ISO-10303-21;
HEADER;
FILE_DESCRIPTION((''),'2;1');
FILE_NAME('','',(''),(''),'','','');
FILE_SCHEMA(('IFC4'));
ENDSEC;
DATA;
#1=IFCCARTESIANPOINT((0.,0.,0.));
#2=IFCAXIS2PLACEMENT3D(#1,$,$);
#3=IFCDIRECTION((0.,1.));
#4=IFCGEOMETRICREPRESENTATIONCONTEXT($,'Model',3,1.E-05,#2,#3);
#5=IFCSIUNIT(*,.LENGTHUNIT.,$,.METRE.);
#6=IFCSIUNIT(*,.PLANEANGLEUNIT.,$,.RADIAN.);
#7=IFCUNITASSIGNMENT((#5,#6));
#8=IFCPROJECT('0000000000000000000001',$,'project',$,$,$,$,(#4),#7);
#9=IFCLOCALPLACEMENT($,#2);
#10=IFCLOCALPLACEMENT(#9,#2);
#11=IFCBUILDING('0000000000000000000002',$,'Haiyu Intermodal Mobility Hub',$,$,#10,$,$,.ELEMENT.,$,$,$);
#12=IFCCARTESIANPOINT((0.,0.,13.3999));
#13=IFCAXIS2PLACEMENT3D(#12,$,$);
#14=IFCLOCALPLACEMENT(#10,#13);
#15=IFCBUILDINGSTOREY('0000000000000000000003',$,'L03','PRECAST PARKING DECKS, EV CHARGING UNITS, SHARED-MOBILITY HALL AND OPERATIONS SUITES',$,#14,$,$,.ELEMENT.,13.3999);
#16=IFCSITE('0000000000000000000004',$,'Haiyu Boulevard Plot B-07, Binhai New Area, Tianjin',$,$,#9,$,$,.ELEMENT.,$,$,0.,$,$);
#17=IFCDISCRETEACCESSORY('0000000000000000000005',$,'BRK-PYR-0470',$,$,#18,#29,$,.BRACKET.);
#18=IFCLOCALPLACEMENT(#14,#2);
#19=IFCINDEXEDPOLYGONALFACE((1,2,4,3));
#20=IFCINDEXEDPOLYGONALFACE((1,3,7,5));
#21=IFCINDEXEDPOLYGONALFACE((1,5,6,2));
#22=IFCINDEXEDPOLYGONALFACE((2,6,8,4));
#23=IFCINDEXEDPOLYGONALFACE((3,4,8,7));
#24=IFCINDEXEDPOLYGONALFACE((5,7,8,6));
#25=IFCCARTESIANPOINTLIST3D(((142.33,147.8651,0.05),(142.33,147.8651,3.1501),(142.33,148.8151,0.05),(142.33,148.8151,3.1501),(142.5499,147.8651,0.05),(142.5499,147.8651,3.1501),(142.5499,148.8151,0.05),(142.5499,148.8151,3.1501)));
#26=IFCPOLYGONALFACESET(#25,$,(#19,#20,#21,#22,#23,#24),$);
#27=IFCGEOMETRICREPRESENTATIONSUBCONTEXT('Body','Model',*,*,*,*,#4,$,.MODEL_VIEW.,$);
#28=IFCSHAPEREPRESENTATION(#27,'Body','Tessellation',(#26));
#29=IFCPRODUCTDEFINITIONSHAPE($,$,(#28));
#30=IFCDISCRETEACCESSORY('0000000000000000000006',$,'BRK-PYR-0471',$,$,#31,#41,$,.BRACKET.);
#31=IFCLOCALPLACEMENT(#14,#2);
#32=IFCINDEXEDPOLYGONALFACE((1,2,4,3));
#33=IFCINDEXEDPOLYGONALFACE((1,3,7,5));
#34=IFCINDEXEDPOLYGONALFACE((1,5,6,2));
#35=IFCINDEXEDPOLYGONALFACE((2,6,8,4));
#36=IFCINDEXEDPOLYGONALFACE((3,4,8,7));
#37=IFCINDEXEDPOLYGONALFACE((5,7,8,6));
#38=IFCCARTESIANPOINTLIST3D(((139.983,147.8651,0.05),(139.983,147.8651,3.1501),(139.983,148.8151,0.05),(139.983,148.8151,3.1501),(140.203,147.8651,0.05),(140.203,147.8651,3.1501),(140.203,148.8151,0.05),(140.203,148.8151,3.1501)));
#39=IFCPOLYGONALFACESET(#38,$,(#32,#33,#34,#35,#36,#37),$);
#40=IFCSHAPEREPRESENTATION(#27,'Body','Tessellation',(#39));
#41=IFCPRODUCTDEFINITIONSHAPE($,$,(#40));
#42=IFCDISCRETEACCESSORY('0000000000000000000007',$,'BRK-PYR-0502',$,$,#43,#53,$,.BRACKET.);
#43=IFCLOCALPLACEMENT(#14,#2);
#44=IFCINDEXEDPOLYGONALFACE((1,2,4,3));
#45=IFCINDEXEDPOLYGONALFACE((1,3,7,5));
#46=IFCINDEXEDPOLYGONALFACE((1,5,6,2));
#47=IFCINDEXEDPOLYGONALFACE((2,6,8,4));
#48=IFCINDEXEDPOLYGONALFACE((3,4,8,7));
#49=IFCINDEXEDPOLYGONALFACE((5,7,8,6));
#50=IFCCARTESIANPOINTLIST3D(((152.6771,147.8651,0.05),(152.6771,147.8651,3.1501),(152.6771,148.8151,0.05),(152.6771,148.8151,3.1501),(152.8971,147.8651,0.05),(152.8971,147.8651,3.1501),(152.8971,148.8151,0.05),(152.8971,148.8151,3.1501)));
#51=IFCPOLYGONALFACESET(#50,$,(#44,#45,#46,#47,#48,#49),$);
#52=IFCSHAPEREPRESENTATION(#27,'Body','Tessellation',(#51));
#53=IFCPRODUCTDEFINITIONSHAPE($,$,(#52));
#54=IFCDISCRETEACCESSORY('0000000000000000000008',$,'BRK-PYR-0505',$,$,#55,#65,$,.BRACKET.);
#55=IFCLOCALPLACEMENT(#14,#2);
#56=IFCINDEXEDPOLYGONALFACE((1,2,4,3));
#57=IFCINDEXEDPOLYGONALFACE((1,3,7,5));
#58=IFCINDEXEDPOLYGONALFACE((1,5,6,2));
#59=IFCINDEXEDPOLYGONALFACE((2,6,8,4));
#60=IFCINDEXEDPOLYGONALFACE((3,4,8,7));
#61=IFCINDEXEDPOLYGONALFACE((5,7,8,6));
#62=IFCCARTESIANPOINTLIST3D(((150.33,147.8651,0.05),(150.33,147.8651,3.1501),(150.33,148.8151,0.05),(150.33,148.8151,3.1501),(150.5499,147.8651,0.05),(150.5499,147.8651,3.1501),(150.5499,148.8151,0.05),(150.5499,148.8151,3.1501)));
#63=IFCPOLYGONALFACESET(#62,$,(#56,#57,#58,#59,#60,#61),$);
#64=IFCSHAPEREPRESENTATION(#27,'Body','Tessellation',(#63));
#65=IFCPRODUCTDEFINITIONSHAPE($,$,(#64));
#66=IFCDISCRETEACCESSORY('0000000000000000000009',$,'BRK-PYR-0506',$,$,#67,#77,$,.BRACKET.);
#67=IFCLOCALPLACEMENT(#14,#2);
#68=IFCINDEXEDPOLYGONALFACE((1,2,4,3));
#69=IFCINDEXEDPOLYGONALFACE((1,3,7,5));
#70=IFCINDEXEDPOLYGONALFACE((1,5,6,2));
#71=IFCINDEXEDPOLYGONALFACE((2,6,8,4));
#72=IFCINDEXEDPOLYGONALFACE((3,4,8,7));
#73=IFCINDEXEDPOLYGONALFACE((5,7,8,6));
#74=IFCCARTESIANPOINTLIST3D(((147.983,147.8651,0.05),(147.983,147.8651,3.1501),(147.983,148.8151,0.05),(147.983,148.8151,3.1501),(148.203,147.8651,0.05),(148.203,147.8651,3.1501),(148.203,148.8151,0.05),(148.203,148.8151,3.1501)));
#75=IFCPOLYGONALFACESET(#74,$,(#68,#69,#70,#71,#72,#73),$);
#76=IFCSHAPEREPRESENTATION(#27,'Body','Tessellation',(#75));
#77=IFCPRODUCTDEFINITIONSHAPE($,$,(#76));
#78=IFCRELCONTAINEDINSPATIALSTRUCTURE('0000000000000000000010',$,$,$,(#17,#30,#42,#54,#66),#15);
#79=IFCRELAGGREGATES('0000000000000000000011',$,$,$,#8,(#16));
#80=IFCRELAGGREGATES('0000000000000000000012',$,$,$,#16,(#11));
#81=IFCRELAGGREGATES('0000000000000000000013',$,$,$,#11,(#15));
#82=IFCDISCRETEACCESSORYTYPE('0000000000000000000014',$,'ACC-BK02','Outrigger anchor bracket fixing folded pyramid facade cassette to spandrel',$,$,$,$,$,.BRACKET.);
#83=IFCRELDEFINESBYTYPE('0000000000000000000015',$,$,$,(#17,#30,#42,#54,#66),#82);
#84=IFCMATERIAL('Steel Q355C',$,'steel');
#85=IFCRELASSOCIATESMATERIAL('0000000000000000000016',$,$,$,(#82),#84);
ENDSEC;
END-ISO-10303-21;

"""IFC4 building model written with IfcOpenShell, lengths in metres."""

from ifc_helpers import new_model, si_unit, direction, frame, origin, origin_2d, place, context, subcontext, project, spatial, rectangle, extrude, material, type_object, element, save


model = new_model("IFC4")

# Units and contexts
model_context = context("Model", 3, precision=1e-05, world=origin(), true_north=direction((0.0, 1.0)))
body_context = subcontext(model_context, "Body", "Model", "MODEL_VIEW")
ifc_project = project(units=[si_unit("LENGTHUNIT", "METRE"), si_unit("PLANEANGLEUNIT", "RADIAN")], contexts=[model_context])

# Site, building, storey
site_placement = place(None, origin())
site = spatial("IfcSite", under=ifc_project, at=site_placement, Name="Haiyu Boulevard Plot B-07, Binhai New Area, Tianjin", CompositionType="ELEMENT", RefElevation=0.0)
building_placement = place(site_placement, origin())
building = spatial("IfcBuilding", under=site, at=building_placement, Name="Haiyu Intermodal Mobility Hub", CompositionType="ELEMENT")
storey_placement = place(building_placement, frame((0.0, 0.0, 13.3999)))
storey = spatial("IfcBuildingStorey", under=building, at=storey_placement, Name="L03", Description="PRECAST PARKING DECKS, EV CHARGING UNITS, SHARED-MOBILITY HALL AND OPERATIONS SUITES", CompositionType="ELEMENT", Elevation=13.3999)

# Shared definitions
ifc_material_1 = material(Name="Steel Q355C", Category="steel")

# Discrete accessories
discrete_accessory_type_1 = type_object("IfcDiscreteAccessoryType", Name="ACC-BK02", Description="Outrigger anchor bracket fixing folded pyramid facade cassette to spandrel", PredefinedType="BRACKET", material=ifc_material_1)
for number, where, z_axis, x_axis, name in (
    (1, (142.4399, 148.3401, 0.05), (0.0, 0.0, 1.0), (1.0, 0.0, 0.0), "BRK-PYR-0470"),
    (2, (140.093, 148.3401, 0.05), (0.0, 0.0, 1.0), (1.0, 0.0, 0.0), "BRK-PYR-0471"),
    (3, (152.7871, 148.3401, 0.05), (0.0, 0.0, 1.0), (1.0, 0.0, 0.0), "BRK-PYR-0502"),
    (4, (150.4399, 148.3401, 0.05), (0.0, 0.0, 1.0), (1.0, 0.0, 0.0), "BRK-PYR-0505"),
    (5, (148.093, 148.3401, 0.05), (0.0, 0.0, 1.0), (1.0, 0.0, 0.0), "BRK-PYR-0506"),
):
    element("IfcDiscreteAccessory", number, at=place(storey_placement, frame(where, z_axis=z_axis, x_axis=x_axis)), inside=storey, type_object=discrete_accessory_type_1, Name=name, PredefinedType="BRACKET", context=body_context, shape_type="SweptSolid", body=[
        extrude(rectangle(XDim=0.22, YDim=0.95, at=origin_2d()), origin(), (0.0, 0.0, 1.0), 3.1001),
    ])

save(model, "model.ifc")
